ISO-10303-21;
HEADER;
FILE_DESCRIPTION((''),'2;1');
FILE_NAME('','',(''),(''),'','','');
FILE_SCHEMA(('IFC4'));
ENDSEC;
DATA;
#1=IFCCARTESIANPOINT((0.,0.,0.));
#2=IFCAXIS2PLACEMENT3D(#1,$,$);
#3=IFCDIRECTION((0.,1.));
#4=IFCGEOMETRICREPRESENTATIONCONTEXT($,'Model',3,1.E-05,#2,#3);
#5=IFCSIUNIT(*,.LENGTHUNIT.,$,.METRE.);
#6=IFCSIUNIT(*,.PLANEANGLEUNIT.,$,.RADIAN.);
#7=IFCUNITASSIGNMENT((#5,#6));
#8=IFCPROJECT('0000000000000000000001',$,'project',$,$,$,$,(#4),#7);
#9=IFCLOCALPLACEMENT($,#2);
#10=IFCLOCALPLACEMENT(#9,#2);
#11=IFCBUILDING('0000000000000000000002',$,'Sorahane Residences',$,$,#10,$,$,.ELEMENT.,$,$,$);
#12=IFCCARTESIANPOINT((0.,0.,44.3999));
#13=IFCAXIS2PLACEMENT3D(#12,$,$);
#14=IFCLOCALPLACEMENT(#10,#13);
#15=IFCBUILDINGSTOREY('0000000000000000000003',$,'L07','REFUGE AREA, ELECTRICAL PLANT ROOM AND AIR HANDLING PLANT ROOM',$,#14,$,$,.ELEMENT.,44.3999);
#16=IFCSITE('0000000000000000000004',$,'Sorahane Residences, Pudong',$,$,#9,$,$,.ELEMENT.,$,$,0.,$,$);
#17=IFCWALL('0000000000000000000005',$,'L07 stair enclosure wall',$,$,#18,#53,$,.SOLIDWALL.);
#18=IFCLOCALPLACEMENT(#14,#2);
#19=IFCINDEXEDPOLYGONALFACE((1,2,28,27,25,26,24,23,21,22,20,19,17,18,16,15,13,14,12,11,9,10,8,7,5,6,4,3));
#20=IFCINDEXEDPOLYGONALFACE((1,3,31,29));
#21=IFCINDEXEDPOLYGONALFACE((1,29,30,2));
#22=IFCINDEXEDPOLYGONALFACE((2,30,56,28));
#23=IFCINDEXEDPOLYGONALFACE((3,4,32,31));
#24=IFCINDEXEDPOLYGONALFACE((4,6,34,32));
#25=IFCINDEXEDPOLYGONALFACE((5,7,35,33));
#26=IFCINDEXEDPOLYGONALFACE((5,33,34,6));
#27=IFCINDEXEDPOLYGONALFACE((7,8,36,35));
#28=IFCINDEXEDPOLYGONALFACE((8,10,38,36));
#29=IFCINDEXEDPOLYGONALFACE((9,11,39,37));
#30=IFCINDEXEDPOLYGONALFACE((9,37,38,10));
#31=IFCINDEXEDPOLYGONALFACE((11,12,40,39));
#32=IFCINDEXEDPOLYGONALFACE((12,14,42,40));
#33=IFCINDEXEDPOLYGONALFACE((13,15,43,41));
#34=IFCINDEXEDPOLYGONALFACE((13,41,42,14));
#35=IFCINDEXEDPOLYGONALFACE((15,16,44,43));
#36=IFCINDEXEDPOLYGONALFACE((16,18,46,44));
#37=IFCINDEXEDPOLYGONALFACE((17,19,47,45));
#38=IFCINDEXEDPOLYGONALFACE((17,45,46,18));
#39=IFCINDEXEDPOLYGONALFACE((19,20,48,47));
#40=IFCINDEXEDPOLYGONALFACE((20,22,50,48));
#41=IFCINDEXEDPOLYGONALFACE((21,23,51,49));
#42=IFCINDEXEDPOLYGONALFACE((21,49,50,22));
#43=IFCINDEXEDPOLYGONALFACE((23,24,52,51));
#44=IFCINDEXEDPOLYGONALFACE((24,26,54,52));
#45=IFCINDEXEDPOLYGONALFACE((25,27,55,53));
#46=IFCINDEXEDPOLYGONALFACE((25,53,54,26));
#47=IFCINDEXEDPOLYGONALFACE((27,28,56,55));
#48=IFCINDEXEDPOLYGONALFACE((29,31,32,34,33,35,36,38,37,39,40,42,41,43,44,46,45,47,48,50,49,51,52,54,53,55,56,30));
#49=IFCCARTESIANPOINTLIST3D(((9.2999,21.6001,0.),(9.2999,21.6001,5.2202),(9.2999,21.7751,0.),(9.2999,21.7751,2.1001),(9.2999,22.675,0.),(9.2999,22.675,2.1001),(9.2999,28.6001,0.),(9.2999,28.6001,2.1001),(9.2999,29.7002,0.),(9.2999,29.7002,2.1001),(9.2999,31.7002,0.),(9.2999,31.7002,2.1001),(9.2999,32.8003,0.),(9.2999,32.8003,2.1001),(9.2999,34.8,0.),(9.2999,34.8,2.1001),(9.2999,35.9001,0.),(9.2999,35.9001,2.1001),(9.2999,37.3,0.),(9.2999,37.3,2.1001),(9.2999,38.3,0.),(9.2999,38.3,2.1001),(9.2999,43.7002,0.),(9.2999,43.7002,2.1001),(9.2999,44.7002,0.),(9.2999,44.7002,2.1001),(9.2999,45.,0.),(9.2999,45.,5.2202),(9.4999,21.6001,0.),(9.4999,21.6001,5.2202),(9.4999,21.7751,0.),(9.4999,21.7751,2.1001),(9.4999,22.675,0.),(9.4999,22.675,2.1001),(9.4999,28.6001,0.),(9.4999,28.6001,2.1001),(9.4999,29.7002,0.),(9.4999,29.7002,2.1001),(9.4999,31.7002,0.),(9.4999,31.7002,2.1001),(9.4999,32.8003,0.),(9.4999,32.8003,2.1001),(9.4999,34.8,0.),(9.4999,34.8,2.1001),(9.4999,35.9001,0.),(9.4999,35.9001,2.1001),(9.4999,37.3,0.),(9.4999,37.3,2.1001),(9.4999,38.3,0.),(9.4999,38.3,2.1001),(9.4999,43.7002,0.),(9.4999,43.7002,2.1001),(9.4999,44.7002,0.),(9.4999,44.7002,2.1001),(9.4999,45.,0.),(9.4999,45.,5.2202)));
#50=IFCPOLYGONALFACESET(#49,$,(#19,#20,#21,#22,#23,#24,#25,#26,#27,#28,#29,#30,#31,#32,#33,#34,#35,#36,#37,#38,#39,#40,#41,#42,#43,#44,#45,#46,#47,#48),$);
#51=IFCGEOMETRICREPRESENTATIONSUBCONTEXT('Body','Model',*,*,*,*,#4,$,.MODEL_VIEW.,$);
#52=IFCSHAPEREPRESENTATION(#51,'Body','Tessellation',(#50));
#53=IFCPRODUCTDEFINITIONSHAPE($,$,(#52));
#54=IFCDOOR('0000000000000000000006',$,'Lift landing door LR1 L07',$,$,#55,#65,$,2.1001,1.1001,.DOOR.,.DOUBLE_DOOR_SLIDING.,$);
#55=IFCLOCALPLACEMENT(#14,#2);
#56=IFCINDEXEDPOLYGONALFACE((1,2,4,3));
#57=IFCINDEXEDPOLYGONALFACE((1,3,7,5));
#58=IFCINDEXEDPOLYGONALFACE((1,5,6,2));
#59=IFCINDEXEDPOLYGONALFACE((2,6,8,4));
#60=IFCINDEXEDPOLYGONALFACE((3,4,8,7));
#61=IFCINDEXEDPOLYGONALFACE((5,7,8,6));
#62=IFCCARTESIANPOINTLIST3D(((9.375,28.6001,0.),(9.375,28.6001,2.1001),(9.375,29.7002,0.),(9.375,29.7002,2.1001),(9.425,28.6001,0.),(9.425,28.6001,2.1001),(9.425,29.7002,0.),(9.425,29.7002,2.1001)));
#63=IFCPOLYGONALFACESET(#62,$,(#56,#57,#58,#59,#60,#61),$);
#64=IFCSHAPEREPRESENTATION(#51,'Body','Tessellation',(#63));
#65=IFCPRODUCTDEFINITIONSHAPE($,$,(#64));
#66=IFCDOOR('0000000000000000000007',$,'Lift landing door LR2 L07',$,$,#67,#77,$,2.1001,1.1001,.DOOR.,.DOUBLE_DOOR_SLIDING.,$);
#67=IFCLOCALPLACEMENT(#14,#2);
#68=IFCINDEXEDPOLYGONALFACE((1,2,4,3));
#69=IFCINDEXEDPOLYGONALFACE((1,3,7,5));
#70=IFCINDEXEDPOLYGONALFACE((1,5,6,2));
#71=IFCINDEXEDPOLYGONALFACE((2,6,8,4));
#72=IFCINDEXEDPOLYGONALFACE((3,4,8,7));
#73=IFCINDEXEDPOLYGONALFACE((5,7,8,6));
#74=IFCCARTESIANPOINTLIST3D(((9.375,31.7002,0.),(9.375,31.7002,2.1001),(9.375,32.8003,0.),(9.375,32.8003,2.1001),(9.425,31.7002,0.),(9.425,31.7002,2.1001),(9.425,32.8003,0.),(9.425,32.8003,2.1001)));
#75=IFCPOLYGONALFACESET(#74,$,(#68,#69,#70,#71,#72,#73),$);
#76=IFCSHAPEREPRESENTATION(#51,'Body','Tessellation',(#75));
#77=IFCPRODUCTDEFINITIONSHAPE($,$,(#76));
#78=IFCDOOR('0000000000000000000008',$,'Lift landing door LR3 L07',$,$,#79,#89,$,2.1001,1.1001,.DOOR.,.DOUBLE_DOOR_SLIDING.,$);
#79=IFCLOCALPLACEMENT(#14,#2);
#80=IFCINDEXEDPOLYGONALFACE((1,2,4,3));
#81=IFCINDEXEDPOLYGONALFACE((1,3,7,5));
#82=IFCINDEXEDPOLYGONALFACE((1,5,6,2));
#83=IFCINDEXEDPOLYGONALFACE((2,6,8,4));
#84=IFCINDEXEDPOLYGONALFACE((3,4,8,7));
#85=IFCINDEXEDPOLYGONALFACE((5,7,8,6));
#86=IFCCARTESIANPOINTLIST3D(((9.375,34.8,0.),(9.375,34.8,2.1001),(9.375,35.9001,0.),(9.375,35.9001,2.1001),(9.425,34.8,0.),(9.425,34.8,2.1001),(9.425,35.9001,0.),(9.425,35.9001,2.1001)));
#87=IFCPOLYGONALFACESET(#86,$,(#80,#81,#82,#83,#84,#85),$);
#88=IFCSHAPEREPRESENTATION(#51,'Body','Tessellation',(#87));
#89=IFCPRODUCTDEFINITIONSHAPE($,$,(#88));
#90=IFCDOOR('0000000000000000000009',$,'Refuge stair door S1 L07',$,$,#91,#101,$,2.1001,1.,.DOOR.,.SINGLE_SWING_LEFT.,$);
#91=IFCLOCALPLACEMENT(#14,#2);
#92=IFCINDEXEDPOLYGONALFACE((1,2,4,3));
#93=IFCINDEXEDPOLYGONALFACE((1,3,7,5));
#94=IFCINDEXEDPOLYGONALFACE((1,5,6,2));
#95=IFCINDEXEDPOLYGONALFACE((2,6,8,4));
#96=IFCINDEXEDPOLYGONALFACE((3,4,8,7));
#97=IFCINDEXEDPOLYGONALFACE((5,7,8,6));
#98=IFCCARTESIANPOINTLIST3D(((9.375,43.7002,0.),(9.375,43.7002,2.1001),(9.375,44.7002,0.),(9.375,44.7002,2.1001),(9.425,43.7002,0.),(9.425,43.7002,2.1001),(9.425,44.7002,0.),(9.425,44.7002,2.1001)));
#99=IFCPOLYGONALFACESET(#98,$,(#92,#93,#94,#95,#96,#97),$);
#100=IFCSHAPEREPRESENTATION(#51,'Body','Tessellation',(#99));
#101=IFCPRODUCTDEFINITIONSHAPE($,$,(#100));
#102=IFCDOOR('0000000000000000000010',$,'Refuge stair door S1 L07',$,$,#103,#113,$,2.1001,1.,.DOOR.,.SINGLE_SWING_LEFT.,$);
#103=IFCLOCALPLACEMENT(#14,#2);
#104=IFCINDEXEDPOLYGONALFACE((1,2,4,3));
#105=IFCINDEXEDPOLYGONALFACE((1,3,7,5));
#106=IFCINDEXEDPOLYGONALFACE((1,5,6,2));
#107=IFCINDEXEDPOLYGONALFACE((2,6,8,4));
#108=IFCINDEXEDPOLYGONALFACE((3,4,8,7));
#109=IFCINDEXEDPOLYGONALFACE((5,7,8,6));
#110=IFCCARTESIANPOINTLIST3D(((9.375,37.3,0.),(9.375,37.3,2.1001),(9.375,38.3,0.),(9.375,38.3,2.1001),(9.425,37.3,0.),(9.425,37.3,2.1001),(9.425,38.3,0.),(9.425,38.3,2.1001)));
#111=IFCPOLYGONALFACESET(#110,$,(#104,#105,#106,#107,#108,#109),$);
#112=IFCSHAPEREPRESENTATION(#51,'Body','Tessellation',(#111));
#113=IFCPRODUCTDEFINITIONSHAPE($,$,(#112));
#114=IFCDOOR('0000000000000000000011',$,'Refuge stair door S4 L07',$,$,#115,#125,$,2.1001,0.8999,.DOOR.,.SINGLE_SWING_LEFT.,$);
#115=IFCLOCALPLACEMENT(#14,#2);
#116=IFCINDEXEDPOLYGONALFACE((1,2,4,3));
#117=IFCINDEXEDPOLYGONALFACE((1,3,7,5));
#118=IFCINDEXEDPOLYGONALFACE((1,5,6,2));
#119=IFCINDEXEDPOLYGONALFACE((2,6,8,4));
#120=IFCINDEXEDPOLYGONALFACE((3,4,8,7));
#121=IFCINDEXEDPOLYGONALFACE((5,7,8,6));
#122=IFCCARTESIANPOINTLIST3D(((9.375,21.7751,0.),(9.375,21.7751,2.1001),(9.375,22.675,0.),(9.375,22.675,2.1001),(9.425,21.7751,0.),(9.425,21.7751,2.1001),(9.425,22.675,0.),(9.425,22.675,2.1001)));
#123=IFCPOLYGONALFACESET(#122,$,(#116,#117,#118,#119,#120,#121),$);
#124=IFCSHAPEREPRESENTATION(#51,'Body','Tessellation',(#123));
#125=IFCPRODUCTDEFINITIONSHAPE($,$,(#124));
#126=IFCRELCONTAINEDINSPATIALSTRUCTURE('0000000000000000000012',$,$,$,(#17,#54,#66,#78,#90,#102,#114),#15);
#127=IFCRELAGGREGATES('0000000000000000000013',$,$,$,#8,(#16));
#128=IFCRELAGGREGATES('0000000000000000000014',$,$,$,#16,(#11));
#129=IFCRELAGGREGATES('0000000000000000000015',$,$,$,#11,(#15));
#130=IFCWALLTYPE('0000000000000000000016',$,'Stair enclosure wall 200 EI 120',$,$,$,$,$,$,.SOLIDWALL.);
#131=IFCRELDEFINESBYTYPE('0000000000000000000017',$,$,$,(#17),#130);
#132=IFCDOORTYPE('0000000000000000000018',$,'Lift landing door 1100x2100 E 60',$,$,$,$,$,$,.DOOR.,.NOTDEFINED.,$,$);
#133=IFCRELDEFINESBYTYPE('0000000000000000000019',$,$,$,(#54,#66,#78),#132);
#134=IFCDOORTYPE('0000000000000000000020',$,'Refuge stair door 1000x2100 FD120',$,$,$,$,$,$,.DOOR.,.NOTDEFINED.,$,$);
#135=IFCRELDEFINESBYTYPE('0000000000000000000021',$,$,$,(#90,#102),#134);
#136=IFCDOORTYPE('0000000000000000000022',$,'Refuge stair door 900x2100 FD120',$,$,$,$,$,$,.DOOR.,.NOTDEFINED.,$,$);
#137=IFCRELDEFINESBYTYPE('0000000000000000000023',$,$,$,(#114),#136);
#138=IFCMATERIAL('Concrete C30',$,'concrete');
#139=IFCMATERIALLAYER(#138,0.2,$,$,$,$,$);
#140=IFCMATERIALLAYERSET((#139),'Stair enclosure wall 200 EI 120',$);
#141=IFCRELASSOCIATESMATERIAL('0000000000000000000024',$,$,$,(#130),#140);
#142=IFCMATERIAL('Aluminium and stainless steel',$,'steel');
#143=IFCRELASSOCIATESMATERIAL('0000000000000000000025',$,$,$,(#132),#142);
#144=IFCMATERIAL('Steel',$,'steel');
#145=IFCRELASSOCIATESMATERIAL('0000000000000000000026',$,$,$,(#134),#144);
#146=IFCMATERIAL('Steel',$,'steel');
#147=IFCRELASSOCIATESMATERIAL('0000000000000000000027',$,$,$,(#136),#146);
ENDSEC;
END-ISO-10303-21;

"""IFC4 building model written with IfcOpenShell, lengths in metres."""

from ifc_helpers import new_model, si_unit, direction, frame, frame_2d, origin, place, context, subcontext, project, spatial, rectangle, extrude, material, layer, layer_set, type_object, element, fill, save


model = new_model("IFC4")

# Units and contexts
model_context = context("Model", 3, precision=1e-05, world=origin(), true_north=direction((0.0, 1.0)))
body_context = subcontext(model_context, "Body", "Model", "MODEL_VIEW")
ifc_project = project(units=[si_unit("LENGTHUNIT", "METRE"), si_unit("PLANEANGLEUNIT", "RADIAN")], contexts=[model_context])

# Site, building, storey
site_placement = place(None, origin())
site = spatial("IfcSite", under=ifc_project, at=site_placement, Name="Sorahane Residences, Pudong", CompositionType="ELEMENT", RefElevation=0.0)
building_placement = place(site_placement, origin())
building = spatial("IfcBuilding", under=site, at=building_placement, Name="Sorahane Residences", CompositionType="ELEMENT")
storey_placement = place(building_placement, frame((0.0, 0.0, 44.3999)))
storey = spatial("IfcBuildingStorey", under=building, at=storey_placement, Name="L07", Description="REFUGE AREA, ELECTRICAL PLANT ROOM AND AIR HANDLING PLANT ROOM", CompositionType="ELEMENT", Elevation=44.3999)

# Shared definitions
ifc_material_1 = material(Name="Concrete C30", Category="concrete")
ifc_layer_1 = layer(ifc_material_1, 0.2)
ifc_layer_set_1 = layer_set([ifc_layer_1], Name="Stair enclosure wall 200 EI 120")
wall_type_1 = type_object("IfcWallType", Name="Stair enclosure wall 200 EI 120", PredefinedType="SOLIDWALL", material=ifc_layer_set_1)

# Wall, openings, doors
wall_1_placement = place(storey_placement, frame((9.3999, 21.6001, 0.0), z_axis=(0.0, 0.0, 1.0), x_axis=(0.0, 1.0, 0.0)))
wall_1 = element("IfcWall", 1, at=wall_1_placement, inside=storey, type_object=wall_type_1, Name="L07 stair enclosure wall", PredefinedType="SOLIDWALL", context=body_context, shape_type="SweptSolid", body=[
    extrude(rectangle(XDim=23.3999, YDim=0.2, at=frame_2d((11.7, 0.0))), origin(), (0.0, 0.0, 1.0), 5.2202),
])
opening_1_placement = place(wall_1_placement, frame((7.0, 0.0, 0.0)))
opening_1 = element("IfcOpeningElement", 2, at=opening_1_placement, cuts=wall_1, PredefinedType="OPENING", context=body_context, shape_type="SweptSolid", body=[
    extrude(rectangle(XDim=1.1001, YDim=2.1001, at=frame_2d((0.55, 1.05))), frame((0.0, 0.1099, 0.0), z_axis=(0.0, -1.0, 0.0), x_axis=(1.0, 0.0, 0.0)), (0.0, 0.0, 1.0), 0.22),
])
opening_2_placement = place(wall_1_placement, frame((10.1001, 0.0, 0.0)))
opening_2 = element("IfcOpeningElement", 3, at=opening_2_placement, cuts=wall_1, PredefinedType="OPENING", context=body_context, shape_type="SweptSolid", body=[
    extrude(rectangle(XDim=1.1001, YDim=2.1001, at=frame_2d((0.55, 1.05))), frame((0.0, 0.1099, 0.0), z_axis=(0.0, -1.0, 0.0), x_axis=(1.0, 0.0, 0.0)), (0.0, 0.0, 1.0), 0.22),
])
opening_3_placement = place(wall_1_placement, frame((13.2, 0.0, 0.0)))
opening_3 = element("IfcOpeningElement", 4, at=opening_3_placement, cuts=wall_1, PredefinedType="OPENING", context=body_context, shape_type="SweptSolid", body=[
    extrude(rectangle(XDim=1.1001, YDim=2.1001, at=frame_2d((0.55, 1.05))), frame((0.0, 0.1099, 0.0), z_axis=(0.0, -1.0, 0.0), x_axis=(1.0, 0.0, 0.0)), (0.0, 0.0, 1.0), 0.22),
])
opening_4_placement = place(wall_1_placement, frame((22.1001, 0.0, 0.0)))
opening_4 = element("IfcOpeningElement", 5, at=opening_4_placement, cuts=wall_1, PredefinedType="OPENING", context=body_context, shape_type="SweptSolid", body=[
    extrude(rectangle(XDim=1.0, YDim=2.1001, at=frame_2d((0.5, 1.05))), frame((0.0, 0.1099, 0.0), z_axis=(0.0, -1.0, 0.0), x_axis=(1.0, 0.0, 0.0)), (0.0, 0.0, 1.0), 0.22),
])
opening_5_placement = place(wall_1_placement, frame((15.7, 0.0, 0.0)))
opening_5 = element("IfcOpeningElement", 6, at=opening_5_placement, cuts=wall_1, PredefinedType="OPENING", context=body_context, shape_type="SweptSolid", body=[
    extrude(rectangle(XDim=1.0, YDim=2.1001, at=frame_2d((0.5, 1.05))), frame((0.0, 0.1099, 0.0), z_axis=(0.0, -1.0, 0.0), x_axis=(1.0, 0.0, 0.0)), (0.0, 0.0, 1.0), 0.22),
])
opening_6_placement = place(wall_1_placement, frame((0.175, 0.0, 0.0)))
opening_6 = element("IfcOpeningElement", 7, at=opening_6_placement, cuts=wall_1, PredefinedType="OPENING", context=body_context, shape_type="SweptSolid", body=[
    extrude(rectangle(XDim=0.8999, YDim=2.1001, at=frame_2d((0.45, 1.05))), frame((0.0, 0.1099, 0.0), z_axis=(0.0, -1.0, 0.0), x_axis=(1.0, 0.0, 0.0)), (0.0, 0.0, 1.0), 0.22),
])
ifc_material_2 = material(Name="Aluminium and stainless steel", Category="steel")
door_type_1 = type_object("IfcDoorType", Name="Lift landing door 1100x2100 E 60", OperationType="NOTDEFINED", PredefinedType="DOOR", material=ifc_material_2)
door_1_placement = place(opening_1_placement, origin())
door_1 = element("IfcDoor", 8, at=door_1_placement, inside=storey, type_object=door_type_1, Name="Lift landing door LR1 L07", OperationType="DOUBLE_DOOR_SLIDING", OverallHeight=2.1001, OverallWidth=1.1001, PredefinedType="DOOR", context=body_context, shape_type="SweptSolid", body=[
    extrude(rectangle(XDim=1.1001, YDim=2.1001, at=frame_2d((0.55, 1.05))), frame((0.0, 0.0249, 0.0), z_axis=(0.0, -1.0, 0.0), x_axis=(1.0, 0.0, 0.0)), (0.0, 0.0, 1.0), 0.05),
])
fill(opening_1, door_1)
door_2_placement = place(opening_2_placement, origin())
door_2 = element("IfcDoor", 9, at=door_2_placement, inside=storey, type_object=door_type_1, Name="Lift landing door LR2 L07", OperationType="DOUBLE_DOOR_SLIDING", OverallHeight=2.1001, OverallWidth=1.1001, PredefinedType="DOOR", context=body_context, shape_type="SweptSolid", body=[
    extrude(rectangle(XDim=1.1001, YDim=2.1001, at=frame_2d((0.55, 1.05))), frame((0.0, 0.0249, 0.0), z_axis=(0.0, -1.0, 0.0), x_axis=(1.0, 0.0, 0.0)), (0.0, 0.0, 1.0), 0.05),
])
fill(opening_2, door_2)
door_3_placement = place(opening_3_placement, origin())
door_3 = element("IfcDoor", 10, at=door_3_placement, inside=storey, type_object=door_type_1, Name="Lift landing door LR3 L07", OperationType="DOUBLE_DOOR_SLIDING", OverallHeight=2.1001, OverallWidth=1.1001, PredefinedType="DOOR", context=body_context, shape_type="SweptSolid", body=[
    extrude(rectangle(XDim=1.1001, YDim=2.1001, at=frame_2d((0.55, 1.05))), frame((0.0, 0.0249, 0.0), z_axis=(0.0, -1.0, 0.0), x_axis=(1.0, 0.0, 0.0)), (0.0, 0.0, 1.0), 0.05),
])
fill(opening_3, door_3)
ifc_material_3 = material(Name="Steel", Category="steel")
door_type_2 = type_object("IfcDoorType", Name="Refuge stair door 1000x2100 FD120", OperationType="NOTDEFINED", PredefinedType="DOOR", material=ifc_material_3)
door_4_placement = place(opening_4_placement, origin())
door_4 = element("IfcDoor", 11, at=door_4_placement, inside=storey, type_object=door_type_2, Name="Refuge stair door S1 L07", OperationType="SINGLE_SWING_LEFT", OverallHeight=2.1001, OverallWidth=1.0, PredefinedType="DOOR", context=body_context, shape_type="SweptSolid", body=[
    extrude(rectangle(XDim=1.0, YDim=2.1001, at=frame_2d((0.5, 1.05))), frame((0.0, 0.0249, 0.0), z_axis=(0.0, -1.0, 0.0), x_axis=(1.0, 0.0, 0.0)), (0.0, 0.0, 1.0), 0.05),
])
fill(opening_4, door_4)
door_5_placement = place(opening_5_placement, origin())
door_5 = element("IfcDoor", 12, at=door_5_placement, inside=storey, type_object=door_type_2, Name="Refuge stair door S1 L07", OperationType="SINGLE_SWING_LEFT", OverallHeight=2.1001, OverallWidth=1.0, PredefinedType="DOOR", context=body_context, shape_type="SweptSolid", body=[
    extrude(rectangle(XDim=1.0, YDim=2.1001, at=frame_2d((0.5, 1.05))), frame((0.0, 0.0249, 0.0), z_axis=(0.0, -1.0, 0.0), x_axis=(1.0, 0.0, 0.0)), (0.0, 0.0, 1.0), 0.05),
])
fill(opening_5, door_5)
ifc_material_4 = material(Name="Steel", Category="steel")
door_type_3 = type_object("IfcDoorType", Name="Refuge stair door 900x2100 FD120", OperationType="NOTDEFINED", PredefinedType="DOOR", material=ifc_material_4)
door_6_placement = place(opening_6_placement, origin())
door_6 = element("IfcDoor", 13, at=door_6_placement, inside=storey, type_object=door_type_3, Name="Refuge stair door S4 L07", OperationType="SINGLE_SWING_LEFT", OverallHeight=2.1001, OverallWidth=0.8999, PredefinedType="DOOR", context=body_context, shape_type="SweptSolid", body=[
    extrude(rectangle(XDim=0.8999, YDim=2.1001, at=frame_2d((0.45, 1.05))), frame((0.0, 0.0249, 0.0), z_axis=(0.0, -1.0, 0.0), x_axis=(1.0, 0.0, 0.0)), (0.0, 0.0, 1.0), 0.05),
])
fill(opening_6, door_6)

save(model, "model.ifc")
